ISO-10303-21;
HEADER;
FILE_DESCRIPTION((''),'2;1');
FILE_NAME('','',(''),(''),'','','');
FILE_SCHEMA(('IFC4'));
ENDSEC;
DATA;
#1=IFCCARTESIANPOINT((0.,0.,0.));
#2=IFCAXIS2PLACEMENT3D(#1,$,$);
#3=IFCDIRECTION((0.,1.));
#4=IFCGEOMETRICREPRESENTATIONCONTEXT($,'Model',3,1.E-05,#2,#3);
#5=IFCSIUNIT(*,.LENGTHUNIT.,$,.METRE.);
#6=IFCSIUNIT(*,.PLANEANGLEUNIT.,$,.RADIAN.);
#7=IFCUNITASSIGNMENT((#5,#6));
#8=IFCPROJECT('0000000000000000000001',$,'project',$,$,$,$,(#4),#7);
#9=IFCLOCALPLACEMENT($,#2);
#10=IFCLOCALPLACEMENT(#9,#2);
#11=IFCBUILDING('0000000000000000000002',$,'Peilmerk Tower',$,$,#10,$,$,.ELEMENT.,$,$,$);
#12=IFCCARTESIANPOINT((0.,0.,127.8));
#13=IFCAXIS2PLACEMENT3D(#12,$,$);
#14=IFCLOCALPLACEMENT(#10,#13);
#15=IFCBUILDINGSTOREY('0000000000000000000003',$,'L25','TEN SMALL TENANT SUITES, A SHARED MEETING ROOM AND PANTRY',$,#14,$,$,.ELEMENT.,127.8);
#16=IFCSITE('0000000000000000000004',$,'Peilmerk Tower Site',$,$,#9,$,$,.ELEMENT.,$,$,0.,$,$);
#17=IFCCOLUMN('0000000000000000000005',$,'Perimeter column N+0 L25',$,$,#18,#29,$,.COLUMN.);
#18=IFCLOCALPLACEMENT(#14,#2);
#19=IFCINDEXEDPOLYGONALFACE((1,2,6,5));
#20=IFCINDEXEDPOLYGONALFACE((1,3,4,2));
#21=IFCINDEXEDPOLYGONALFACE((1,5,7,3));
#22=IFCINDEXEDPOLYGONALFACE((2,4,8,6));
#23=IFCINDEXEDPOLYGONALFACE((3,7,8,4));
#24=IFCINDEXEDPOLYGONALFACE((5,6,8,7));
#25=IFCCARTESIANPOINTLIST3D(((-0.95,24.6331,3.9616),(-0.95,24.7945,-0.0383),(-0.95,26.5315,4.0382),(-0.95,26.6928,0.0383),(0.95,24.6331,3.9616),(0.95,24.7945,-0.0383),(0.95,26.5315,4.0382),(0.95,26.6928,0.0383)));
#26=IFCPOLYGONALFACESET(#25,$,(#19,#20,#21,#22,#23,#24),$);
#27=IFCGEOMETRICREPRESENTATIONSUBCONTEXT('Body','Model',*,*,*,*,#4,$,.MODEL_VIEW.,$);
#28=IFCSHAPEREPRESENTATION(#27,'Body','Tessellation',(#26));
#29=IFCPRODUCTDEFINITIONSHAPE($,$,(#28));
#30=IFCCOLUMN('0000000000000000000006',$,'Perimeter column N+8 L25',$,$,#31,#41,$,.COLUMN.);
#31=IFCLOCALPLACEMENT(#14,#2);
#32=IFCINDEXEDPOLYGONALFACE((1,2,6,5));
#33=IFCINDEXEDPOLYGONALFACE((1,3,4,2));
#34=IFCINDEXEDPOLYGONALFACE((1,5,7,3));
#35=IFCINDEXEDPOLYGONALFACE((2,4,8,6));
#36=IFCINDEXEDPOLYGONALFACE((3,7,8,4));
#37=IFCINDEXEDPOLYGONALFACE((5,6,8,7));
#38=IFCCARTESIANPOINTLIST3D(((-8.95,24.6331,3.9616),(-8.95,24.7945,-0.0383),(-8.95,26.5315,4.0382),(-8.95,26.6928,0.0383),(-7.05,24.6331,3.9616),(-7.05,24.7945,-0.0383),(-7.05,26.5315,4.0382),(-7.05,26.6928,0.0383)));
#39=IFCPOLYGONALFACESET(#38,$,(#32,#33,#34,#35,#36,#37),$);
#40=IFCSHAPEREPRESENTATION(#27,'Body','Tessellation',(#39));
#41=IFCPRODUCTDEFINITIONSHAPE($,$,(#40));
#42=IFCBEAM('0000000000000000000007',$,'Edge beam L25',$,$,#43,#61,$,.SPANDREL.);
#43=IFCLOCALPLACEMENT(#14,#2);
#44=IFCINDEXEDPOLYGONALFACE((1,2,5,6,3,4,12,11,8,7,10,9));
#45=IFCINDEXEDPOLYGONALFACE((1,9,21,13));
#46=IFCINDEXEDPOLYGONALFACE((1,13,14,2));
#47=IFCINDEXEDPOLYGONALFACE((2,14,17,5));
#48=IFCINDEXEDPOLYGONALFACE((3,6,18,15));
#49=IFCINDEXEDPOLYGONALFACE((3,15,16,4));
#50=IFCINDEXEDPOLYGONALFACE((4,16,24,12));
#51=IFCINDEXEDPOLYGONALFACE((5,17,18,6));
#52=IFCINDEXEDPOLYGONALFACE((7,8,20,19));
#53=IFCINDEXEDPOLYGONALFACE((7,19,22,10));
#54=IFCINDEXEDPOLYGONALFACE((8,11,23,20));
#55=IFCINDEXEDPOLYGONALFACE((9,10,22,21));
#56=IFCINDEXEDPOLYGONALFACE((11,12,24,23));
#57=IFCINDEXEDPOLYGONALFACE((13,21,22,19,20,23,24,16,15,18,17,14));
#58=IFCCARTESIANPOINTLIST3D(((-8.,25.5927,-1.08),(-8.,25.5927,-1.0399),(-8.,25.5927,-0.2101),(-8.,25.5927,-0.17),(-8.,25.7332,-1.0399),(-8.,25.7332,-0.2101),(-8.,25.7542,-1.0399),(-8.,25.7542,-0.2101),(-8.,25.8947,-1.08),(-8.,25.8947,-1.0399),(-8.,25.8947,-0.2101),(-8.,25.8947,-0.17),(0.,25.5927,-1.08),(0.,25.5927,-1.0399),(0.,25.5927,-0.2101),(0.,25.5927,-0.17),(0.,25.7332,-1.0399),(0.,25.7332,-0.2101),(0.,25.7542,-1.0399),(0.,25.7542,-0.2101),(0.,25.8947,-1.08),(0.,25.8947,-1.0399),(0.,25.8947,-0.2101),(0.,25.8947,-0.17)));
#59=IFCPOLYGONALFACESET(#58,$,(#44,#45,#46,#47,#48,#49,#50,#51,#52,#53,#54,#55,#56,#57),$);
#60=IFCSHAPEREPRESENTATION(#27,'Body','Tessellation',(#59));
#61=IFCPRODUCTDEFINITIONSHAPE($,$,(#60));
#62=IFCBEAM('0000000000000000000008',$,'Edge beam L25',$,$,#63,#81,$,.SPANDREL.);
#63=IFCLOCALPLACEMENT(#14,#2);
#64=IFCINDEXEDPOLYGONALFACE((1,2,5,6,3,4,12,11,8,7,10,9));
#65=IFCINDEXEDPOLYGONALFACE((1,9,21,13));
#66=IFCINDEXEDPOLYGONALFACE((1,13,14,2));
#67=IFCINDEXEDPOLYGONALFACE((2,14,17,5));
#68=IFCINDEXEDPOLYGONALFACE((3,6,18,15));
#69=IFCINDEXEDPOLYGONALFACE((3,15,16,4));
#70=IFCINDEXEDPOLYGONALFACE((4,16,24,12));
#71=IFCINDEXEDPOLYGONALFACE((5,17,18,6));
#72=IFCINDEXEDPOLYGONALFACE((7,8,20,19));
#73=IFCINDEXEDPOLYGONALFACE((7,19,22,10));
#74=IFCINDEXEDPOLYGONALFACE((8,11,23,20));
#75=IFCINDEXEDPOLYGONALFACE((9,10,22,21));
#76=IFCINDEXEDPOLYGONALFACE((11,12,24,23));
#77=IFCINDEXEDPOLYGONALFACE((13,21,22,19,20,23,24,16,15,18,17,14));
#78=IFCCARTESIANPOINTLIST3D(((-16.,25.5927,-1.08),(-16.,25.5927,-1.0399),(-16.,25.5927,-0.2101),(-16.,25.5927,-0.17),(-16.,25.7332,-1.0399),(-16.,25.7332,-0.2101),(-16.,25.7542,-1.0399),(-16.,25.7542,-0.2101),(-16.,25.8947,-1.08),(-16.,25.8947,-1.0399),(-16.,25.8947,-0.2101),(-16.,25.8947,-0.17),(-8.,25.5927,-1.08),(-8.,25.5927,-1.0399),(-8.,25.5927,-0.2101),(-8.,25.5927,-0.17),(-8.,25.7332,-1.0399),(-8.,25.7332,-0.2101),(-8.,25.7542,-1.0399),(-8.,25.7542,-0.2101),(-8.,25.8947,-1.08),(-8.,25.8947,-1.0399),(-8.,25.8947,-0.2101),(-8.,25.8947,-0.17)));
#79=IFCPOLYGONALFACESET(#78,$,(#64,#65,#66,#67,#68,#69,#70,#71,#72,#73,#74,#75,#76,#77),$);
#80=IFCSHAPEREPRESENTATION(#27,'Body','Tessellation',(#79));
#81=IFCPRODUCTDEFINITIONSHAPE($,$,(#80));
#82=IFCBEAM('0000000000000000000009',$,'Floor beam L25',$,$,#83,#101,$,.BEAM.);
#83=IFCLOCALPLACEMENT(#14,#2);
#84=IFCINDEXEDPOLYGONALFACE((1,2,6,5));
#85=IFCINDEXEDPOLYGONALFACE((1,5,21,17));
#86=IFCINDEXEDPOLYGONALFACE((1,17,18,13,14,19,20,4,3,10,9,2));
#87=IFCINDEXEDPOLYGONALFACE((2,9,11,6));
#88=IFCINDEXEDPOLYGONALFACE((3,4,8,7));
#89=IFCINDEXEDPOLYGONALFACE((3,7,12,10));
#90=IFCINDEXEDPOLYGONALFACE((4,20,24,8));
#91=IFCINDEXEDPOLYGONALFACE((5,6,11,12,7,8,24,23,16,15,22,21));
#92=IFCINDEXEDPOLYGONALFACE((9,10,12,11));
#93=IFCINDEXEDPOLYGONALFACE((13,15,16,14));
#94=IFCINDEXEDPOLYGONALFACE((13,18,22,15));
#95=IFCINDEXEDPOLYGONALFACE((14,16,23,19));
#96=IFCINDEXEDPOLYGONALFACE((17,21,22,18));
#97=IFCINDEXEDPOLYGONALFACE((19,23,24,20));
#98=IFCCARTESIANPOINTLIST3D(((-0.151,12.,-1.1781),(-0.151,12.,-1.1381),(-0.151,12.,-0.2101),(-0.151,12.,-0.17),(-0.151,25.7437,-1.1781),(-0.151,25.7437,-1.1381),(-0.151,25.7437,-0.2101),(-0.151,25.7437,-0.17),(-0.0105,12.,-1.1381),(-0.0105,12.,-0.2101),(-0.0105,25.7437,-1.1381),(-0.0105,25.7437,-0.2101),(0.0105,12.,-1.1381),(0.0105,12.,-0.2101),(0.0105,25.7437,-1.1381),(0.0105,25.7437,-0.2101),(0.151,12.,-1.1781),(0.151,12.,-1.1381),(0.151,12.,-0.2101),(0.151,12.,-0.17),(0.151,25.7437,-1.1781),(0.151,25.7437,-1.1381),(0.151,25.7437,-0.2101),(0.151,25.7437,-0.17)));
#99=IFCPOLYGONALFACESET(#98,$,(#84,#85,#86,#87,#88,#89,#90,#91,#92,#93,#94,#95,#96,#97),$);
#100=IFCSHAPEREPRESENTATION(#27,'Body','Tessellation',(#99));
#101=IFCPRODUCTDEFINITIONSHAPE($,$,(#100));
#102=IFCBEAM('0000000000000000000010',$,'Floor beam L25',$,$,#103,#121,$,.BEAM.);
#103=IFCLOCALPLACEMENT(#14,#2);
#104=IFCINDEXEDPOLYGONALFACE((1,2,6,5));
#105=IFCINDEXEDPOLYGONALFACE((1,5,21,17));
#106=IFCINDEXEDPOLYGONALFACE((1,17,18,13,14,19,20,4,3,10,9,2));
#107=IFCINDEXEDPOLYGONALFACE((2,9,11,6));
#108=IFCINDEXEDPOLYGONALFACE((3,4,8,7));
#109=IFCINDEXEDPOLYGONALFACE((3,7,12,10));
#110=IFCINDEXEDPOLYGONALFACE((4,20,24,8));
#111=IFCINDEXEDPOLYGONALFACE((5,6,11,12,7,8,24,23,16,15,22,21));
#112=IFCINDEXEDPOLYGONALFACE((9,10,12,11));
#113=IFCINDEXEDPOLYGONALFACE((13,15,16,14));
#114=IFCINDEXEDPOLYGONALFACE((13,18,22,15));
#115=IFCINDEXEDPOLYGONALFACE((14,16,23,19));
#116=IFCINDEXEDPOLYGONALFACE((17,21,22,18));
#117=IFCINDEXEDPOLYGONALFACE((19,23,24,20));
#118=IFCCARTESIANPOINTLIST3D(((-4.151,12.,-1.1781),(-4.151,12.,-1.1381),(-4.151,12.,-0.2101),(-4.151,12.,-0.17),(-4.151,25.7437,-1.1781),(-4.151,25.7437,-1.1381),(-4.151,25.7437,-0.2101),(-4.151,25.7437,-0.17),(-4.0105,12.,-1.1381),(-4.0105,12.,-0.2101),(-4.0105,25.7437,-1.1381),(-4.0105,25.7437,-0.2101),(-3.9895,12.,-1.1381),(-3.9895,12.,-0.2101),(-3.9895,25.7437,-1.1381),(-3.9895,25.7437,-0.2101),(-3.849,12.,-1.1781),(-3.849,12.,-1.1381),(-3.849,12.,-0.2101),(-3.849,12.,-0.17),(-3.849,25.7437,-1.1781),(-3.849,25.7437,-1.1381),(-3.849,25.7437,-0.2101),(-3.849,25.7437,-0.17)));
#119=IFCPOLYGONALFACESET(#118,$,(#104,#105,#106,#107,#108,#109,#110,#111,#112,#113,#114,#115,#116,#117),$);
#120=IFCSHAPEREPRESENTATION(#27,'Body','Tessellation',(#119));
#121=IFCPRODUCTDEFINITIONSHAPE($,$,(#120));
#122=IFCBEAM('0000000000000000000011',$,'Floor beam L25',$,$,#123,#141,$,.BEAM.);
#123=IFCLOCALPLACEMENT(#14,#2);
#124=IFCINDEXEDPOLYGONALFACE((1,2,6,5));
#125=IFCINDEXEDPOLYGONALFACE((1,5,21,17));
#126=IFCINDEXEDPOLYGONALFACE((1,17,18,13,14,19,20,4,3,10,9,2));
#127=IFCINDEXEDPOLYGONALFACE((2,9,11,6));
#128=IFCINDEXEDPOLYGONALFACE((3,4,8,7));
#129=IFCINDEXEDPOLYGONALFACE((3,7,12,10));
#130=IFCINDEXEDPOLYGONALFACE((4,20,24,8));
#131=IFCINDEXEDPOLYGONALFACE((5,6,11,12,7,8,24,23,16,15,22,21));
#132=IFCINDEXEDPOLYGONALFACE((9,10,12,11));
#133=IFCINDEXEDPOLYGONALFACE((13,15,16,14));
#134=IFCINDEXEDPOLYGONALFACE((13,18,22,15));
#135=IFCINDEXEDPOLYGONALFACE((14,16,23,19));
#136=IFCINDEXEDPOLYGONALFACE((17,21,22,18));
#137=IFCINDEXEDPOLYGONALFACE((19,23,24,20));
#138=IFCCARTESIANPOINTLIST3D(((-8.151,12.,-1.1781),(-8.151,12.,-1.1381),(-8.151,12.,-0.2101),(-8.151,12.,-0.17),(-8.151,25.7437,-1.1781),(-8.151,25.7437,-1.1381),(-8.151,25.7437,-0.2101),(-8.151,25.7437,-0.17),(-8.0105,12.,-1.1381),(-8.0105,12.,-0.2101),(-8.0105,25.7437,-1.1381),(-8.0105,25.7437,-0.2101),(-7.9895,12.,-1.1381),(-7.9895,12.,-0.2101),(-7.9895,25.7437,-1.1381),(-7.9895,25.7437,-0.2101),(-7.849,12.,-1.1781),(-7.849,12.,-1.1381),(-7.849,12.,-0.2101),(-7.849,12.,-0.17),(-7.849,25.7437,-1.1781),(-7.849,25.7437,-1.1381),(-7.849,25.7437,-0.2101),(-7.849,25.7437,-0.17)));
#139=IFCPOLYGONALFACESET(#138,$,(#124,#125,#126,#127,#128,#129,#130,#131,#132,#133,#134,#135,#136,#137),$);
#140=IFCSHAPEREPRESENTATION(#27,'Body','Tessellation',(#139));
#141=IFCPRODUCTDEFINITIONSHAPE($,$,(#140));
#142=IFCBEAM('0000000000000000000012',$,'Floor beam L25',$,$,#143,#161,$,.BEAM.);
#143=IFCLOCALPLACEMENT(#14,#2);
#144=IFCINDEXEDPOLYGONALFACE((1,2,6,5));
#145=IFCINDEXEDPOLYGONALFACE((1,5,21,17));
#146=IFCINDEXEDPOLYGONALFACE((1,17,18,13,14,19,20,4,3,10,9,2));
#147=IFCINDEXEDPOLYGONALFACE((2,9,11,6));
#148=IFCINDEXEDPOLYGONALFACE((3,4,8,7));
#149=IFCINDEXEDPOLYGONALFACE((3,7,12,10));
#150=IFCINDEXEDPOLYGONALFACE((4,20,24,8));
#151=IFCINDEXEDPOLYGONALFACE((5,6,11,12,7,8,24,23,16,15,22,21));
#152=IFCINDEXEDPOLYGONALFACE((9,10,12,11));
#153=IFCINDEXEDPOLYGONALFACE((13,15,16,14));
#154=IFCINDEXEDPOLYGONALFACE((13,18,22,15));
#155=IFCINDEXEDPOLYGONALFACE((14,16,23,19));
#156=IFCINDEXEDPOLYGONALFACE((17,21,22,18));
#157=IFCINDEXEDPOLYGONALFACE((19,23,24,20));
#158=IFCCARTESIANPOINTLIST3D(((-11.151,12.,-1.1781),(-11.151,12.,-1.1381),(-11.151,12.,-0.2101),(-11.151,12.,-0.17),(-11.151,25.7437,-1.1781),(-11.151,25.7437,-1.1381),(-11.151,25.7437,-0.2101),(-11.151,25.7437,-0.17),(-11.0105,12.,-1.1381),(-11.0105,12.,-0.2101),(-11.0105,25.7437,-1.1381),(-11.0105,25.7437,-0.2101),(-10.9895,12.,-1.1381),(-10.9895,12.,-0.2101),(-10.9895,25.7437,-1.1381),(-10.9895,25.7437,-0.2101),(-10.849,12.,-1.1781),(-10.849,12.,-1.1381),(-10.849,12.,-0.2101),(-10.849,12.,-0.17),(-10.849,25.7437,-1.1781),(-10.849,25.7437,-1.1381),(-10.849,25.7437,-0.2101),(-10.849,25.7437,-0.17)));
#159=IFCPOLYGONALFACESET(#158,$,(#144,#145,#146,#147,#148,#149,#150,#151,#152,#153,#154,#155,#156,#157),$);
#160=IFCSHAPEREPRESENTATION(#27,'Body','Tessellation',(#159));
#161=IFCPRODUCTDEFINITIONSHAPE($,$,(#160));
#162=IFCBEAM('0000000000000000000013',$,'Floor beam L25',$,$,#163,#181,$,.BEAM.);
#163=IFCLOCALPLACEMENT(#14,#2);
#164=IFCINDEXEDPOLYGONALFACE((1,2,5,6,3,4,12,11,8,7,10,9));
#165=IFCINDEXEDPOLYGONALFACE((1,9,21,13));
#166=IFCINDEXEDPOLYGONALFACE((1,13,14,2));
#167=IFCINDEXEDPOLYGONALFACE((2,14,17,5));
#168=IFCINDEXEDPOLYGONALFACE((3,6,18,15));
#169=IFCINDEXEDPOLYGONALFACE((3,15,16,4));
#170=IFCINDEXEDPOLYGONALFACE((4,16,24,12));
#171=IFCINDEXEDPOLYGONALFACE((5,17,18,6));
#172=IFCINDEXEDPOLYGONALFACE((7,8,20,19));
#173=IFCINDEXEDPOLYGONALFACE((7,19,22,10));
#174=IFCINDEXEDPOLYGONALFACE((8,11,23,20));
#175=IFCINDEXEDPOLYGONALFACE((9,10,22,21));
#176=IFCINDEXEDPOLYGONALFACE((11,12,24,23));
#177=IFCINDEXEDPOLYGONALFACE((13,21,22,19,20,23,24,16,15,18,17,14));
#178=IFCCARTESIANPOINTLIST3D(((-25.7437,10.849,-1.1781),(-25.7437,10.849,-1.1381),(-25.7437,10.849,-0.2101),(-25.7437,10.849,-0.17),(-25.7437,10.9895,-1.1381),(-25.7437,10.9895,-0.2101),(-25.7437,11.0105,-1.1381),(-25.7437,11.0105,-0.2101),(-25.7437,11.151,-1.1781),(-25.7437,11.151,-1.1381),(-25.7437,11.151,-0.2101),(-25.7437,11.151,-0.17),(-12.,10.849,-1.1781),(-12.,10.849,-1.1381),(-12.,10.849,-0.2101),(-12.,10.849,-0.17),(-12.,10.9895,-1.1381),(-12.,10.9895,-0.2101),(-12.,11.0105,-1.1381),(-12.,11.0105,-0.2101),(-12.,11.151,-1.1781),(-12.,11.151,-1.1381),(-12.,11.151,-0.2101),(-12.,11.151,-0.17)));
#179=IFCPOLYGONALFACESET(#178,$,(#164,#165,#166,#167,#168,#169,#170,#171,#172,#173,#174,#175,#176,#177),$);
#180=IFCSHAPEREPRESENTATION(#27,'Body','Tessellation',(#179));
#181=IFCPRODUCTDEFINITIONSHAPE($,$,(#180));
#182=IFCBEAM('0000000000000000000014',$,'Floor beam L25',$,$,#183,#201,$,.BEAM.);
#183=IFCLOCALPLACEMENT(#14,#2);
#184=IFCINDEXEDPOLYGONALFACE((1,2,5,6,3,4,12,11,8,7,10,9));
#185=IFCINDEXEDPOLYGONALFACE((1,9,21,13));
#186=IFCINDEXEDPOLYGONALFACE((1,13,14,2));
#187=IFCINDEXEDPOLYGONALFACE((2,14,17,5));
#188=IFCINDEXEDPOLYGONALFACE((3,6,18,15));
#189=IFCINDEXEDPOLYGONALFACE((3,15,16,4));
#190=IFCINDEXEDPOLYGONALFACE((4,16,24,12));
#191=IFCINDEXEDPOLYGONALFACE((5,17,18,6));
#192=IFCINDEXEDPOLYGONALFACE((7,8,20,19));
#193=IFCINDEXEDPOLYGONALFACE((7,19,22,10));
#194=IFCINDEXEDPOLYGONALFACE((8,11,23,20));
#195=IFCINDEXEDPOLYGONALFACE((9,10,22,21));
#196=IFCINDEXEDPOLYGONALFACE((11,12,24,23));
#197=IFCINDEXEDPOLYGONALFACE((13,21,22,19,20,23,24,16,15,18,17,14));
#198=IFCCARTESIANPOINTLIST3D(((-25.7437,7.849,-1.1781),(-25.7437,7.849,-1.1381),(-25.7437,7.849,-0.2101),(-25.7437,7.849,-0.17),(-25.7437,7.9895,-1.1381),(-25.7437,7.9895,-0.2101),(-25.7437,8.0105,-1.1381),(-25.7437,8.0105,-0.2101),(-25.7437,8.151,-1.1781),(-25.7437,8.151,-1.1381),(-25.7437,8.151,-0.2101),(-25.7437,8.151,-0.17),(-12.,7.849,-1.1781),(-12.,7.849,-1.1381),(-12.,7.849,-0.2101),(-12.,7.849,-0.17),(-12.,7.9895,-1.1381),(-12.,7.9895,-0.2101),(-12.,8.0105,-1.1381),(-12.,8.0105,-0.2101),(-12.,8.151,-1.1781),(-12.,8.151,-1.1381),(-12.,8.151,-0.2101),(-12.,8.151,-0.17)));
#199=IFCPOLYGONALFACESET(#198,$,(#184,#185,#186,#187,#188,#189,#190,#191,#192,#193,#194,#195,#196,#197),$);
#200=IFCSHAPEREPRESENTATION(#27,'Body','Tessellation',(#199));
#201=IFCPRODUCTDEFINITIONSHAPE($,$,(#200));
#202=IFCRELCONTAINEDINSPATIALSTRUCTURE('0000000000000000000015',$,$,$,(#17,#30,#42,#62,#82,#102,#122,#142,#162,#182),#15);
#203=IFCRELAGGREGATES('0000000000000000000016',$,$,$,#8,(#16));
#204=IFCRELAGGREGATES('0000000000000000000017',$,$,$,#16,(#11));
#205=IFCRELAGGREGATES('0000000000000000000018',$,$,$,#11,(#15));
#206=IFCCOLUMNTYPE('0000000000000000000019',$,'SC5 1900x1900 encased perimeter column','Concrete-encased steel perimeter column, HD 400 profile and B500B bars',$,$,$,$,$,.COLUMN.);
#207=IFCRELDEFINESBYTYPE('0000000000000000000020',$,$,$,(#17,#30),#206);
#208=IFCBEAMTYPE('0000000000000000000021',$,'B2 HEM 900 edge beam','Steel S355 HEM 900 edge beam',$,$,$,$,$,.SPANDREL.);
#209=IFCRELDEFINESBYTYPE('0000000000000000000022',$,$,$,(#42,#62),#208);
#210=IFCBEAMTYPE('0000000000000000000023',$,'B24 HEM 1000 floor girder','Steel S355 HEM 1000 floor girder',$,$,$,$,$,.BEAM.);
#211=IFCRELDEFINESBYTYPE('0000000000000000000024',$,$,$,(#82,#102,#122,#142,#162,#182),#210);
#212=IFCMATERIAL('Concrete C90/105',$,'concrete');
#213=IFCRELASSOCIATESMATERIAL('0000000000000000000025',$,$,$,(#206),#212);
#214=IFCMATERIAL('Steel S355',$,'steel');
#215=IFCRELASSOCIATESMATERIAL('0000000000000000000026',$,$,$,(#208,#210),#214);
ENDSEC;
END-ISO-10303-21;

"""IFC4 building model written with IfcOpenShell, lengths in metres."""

from ifc_helpers import new_model, si_unit, direction, frame, origin, origin_2d, place, context, subcontext, project, spatial, rectangle, i_section, extrude, material, material_profile, profile_set, type_object, element, save


model = new_model("IFC4")

# Units and contexts
model_context = context("Model", 3, precision=1e-05, world=origin(), true_north=direction((0.0, 1.0)))
body_context = subcontext(model_context, "Body", "Model", "MODEL_VIEW")
ifc_project = project(units=[si_unit("LENGTHUNIT", "METRE"), si_unit("PLANEANGLEUNIT", "RADIAN")], contexts=[model_context])

# Site, building, storey
site_placement = place(None, origin())
site = spatial("IfcSite", under=ifc_project, at=site_placement, Name="Peilmerk Tower Site", CompositionType="ELEMENT", RefElevation=0.0)
building_placement = place(site_placement, origin())
building = spatial("IfcBuilding", under=site, at=building_placement, Name="Peilmerk Tower", CompositionType="ELEMENT")
storey_placement = place(building_placement, frame((0.0, 0.0, 127.8)))
storey = spatial("IfcBuildingStorey", under=building, at=storey_placement, Name="L25", Description="TEN SMALL TENANT SUITES, A SHARED MEETING ROOM AND PANTRY", CompositionType="ELEMENT", Elevation=127.8)

# Columns
ifc_material_1 = material(Name="Concrete C90/105", Category="concrete")
ifc_material_profile_1 = material_profile(ifc_material_1, rectangle(XDim=1.8999, YDim=1.8999, at=origin_2d()), Name="RC 1900x1900")
ifc_profile_set_1 = profile_set([ifc_material_profile_1], Name="Concrete C90/105")
column_type = type_object("IfcColumnType", Name="SC5 1900x1900 encased perimeter column", Description="Concrete-encased steel perimeter column, HD 400 profile and B500B bars", PredefinedType="COLUMN", material=ifc_profile_set_1)
for number, where, z_axis, x_axis, name in (
    (1, (0.0, 25.7437, 0.0), (0.0, -0.040311, 0.999187), (1.0, 0.0, 0.0), "Perimeter column N+0 L25"),
    (2, (-8.0, 25.7437, 0.0), (0.0, -0.040311, 0.999187), (1.0, 0.0, 0.0), "Perimeter column N+8 L25"),
):
    element("IfcColumn", number, at=place(storey_placement, frame(where, z_axis=z_axis, x_axis=x_axis)), inside=storey, type_object=column_type, Name=name, PredefinedType="COLUMN", context=body_context, shape_type="SweptSolid", body=[
        extrude(rectangle(XDim=1.8999, YDim=1.8999, at=origin_2d()), origin(), (0.0, 0.0, 1.0), 4.0032),
    ])

# Beams
ifc_material_2 = material(Name="Steel S355", Category="steel")
ifc_material_profile_2 = material_profile(ifc_material_2, i_section(OverallWidth=0.302, OverallDepth=0.9099, WebThickness=0.021, FlangeThickness=0.04, at=origin_2d()), Name="HEM 900")
ifc_profile_set_2 = profile_set([ifc_material_profile_2], Name="Steel S355")
beam_type_1 = type_object("IfcBeamType", Name="B2 HEM 900 edge beam", Description="Steel S355 HEM 900 edge beam", PredefinedType="SPANDREL", material=ifc_profile_set_2)
for number, where, z_axis, x_axis, name in (
    (3, (0.0, 25.7437, -0.625), (-1.0, 0.0, 0.0), (0.0, -1.0, 0.0), "Edge beam L25"),
    (4, (-8.0, 25.7437, -0.625), (-1.0, 0.0, 0.0), (0.0, -1.0, 0.0), "Edge beam L25"),
):
    element("IfcBeam", number, at=place(storey_placement, frame(where, z_axis=z_axis, x_axis=x_axis)), inside=storey, type_object=beam_type_1, Name=name, PredefinedType="SPANDREL", context=body_context, shape_type="SweptSolid", body=[
        extrude(i_section(OverallWidth=0.302, OverallDepth=0.9099, WebThickness=0.021, FlangeThickness=0.04, at=origin_2d()), origin(), (0.0, 0.0, 1.0), 8.0),
    ])
ifc_material_profile_3 = material_profile(ifc_material_2, i_section(OverallWidth=0.302, OverallDepth=1.0081, WebThickness=0.021, FlangeThickness=0.04, at=origin_2d()), Name="HEM 1000")
ifc_profile_set_3 = profile_set([ifc_material_profile_3], Name="Steel S355")
beam_type_2 = type_object("IfcBeamType", Name="B24 HEM 1000 floor girder", Description="Steel S355 HEM 1000 floor girder", PredefinedType="BEAM", material=ifc_profile_set_3)
for number, where, z_axis, x_axis, name in (
    (5, (0.0, 12.0, -0.6741), (0.0, 1.0, 0.0), (-1.0, 0.0, 0.0), "Floor beam L25"),
    (6, (-4.0, 12.0, -0.6741), (0.0, 1.0, 0.0), (-1.0, 0.0, 0.0), "Floor beam L25"),
    (7, (-8.0, 12.0, -0.6741), (0.0, 1.0, 0.0), (-1.0, 0.0, 0.0), "Floor beam L25"),
    (8, (-11.0, 12.0, -0.6741), (0.0, 1.0, 0.0), (-1.0, 0.0, 0.0), "Floor beam L25"),
    (9, (-12.0, 11.0, -0.6741), (-1.0, 0.0, 0.0), (0.0, -1.0, 0.0), "Floor beam L25"),
    (10, (-12.0, 8.0, -0.6741), (-1.0, 0.0, 0.0), (0.0, -1.0, 0.0), "Floor beam L25"),
):
    element("IfcBeam", number, at=place(storey_placement, frame(where, z_axis=z_axis, x_axis=x_axis)), inside=storey, type_object=beam_type_2, Name=name, PredefinedType="BEAM", context=body_context, shape_type="SweptSolid", body=[
        extrude(i_section(OverallWidth=0.302, OverallDepth=1.0081, WebThickness=0.021, FlangeThickness=0.04, at=origin_2d()), origin(), (0.0, 0.0, 1.0), 13.7437),
    ])

save(model, "model.ifc")
